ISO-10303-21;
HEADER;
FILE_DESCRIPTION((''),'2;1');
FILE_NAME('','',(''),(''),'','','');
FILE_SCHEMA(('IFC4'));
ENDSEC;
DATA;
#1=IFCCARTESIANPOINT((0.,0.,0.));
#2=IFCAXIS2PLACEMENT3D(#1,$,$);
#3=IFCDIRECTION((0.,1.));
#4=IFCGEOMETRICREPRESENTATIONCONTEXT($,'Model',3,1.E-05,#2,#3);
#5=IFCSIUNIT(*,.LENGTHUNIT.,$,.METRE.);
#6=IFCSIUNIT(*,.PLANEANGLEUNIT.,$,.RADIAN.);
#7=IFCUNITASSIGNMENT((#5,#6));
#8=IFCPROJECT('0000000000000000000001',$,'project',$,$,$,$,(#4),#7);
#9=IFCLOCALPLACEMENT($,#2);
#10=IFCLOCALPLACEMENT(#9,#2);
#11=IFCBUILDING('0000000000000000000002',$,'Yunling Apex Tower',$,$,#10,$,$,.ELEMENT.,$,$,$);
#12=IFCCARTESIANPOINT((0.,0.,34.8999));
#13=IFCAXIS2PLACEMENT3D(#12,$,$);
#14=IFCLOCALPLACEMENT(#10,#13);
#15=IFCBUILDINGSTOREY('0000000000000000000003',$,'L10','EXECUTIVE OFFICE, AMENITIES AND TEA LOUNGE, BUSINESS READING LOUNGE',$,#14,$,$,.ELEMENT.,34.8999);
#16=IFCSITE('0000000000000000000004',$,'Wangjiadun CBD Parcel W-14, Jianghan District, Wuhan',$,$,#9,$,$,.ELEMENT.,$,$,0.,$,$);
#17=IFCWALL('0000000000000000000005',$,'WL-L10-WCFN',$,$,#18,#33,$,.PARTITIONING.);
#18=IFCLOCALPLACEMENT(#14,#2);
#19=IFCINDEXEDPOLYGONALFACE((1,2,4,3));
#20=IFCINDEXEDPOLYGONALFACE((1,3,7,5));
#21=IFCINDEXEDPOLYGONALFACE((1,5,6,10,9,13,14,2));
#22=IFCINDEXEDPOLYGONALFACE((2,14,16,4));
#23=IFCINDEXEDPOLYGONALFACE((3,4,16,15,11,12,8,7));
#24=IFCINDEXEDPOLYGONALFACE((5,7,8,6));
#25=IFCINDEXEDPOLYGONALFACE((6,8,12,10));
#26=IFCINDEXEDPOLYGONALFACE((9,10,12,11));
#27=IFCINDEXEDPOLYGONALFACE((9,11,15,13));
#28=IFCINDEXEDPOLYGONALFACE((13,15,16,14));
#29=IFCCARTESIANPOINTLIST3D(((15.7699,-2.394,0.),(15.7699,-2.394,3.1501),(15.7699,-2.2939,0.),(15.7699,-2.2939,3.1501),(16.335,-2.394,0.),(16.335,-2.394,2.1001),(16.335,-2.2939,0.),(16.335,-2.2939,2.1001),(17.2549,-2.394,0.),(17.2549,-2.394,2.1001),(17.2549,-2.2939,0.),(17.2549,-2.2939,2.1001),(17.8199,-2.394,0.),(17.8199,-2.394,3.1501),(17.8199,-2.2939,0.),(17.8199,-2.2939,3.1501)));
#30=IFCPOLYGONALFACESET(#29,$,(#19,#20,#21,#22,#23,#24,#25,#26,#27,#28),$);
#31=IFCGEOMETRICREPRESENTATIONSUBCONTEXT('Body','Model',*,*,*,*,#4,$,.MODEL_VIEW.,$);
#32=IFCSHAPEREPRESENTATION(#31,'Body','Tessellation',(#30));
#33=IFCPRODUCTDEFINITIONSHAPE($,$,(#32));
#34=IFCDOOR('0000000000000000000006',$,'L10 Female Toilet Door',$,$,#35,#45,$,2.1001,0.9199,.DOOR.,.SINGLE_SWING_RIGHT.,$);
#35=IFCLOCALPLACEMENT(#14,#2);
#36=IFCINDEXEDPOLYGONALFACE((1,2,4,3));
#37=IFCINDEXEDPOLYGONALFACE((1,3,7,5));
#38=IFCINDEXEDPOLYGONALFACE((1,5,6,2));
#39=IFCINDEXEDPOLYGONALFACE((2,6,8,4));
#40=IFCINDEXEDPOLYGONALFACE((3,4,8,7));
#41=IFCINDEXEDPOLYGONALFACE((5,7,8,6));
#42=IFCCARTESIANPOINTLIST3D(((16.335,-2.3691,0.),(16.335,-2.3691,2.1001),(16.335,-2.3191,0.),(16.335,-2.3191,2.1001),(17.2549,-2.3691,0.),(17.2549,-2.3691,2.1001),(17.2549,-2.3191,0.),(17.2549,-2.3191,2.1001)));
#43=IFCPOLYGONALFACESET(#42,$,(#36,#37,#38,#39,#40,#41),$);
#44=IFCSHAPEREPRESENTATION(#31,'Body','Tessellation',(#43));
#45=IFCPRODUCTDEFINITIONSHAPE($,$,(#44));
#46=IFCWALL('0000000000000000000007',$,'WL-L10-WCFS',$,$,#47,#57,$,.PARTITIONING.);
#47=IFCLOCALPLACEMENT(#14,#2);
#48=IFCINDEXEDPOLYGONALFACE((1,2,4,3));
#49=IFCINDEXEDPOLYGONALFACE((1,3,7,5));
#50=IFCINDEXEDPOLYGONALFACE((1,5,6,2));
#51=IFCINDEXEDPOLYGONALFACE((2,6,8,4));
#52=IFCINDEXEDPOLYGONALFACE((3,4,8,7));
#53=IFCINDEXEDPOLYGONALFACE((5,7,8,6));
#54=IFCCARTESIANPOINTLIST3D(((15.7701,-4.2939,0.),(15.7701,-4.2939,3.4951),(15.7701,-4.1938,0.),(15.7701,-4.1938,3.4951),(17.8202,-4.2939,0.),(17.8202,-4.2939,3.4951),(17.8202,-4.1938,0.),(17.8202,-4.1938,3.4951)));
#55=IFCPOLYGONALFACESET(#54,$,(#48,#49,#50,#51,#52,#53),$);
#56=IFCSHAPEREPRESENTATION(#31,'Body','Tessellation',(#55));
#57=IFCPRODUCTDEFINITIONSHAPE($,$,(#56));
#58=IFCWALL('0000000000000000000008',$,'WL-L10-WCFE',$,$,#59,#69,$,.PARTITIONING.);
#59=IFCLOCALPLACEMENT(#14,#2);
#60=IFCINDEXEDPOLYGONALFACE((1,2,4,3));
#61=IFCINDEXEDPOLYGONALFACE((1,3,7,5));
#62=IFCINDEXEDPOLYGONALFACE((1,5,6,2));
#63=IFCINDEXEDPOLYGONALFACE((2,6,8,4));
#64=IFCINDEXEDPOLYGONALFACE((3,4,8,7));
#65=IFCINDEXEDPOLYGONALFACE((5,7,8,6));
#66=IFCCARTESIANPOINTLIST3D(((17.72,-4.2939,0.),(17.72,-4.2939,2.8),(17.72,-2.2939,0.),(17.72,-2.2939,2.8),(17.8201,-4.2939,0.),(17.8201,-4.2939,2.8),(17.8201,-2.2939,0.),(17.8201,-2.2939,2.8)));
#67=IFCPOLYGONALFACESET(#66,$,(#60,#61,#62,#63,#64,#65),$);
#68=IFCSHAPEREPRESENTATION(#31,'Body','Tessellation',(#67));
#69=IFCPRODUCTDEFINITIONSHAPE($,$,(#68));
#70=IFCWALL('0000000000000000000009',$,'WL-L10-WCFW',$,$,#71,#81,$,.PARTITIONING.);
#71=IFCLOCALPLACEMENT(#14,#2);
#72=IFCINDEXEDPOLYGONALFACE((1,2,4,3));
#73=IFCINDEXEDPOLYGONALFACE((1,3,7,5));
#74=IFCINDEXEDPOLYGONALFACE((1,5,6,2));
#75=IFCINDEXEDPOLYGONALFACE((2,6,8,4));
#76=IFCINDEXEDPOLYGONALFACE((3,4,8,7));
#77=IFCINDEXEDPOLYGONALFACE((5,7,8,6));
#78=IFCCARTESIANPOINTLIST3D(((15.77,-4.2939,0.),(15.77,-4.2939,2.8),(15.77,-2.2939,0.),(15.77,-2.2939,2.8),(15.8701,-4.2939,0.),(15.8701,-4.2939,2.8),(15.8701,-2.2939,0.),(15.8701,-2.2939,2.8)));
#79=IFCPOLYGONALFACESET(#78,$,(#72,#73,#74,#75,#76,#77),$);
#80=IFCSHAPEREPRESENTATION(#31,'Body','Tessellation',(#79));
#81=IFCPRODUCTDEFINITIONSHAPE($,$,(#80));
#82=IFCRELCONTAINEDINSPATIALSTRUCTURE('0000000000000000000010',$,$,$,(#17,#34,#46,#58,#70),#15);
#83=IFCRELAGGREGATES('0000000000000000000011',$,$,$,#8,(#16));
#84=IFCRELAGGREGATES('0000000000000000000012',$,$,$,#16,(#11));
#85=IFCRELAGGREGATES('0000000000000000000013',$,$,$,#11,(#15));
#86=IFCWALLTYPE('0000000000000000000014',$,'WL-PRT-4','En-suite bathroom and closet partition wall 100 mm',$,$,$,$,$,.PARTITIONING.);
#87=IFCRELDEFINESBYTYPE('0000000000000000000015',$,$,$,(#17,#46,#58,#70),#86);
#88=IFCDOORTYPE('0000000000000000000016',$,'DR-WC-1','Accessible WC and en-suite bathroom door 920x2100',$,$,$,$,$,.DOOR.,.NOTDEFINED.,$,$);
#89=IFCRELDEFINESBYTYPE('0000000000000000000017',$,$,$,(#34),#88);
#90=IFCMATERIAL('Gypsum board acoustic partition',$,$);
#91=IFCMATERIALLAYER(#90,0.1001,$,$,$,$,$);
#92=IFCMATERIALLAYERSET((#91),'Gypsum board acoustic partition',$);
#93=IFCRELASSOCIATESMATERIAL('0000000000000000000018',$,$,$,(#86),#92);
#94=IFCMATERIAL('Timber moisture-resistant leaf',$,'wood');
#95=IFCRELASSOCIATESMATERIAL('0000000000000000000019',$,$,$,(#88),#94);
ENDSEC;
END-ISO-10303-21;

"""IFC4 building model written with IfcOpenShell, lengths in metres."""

from ifc_helpers import new_model, si_unit, direction, frame, frame_2d, origin, place, context, subcontext, project, spatial, rectangle, extrude, material, layer, layer_set, type_object, element, fill, save


model = new_model("IFC4")

# Units and contexts
model_context = context("Model", 3, precision=1e-05, world=origin(), true_north=direction((0.0, 1.0)))
body_context = subcontext(model_context, "Body", "Model", "MODEL_VIEW")
ifc_project = project(units=[si_unit("LENGTHUNIT", "METRE"), si_unit("PLANEANGLEUNIT", "RADIAN")], contexts=[model_context])

# Site, building, storey
site_placement = place(None, origin())
site = spatial("IfcSite", under=ifc_project, at=site_placement, Name="Wangjiadun CBD Parcel W-14, Jianghan District, Wuhan", CompositionType="ELEMENT", RefElevation=0.0)
building_placement = place(site_placement, origin())
building = spatial("IfcBuilding", under=site, at=building_placement, Name="Yunling Apex Tower", CompositionType="ELEMENT")
storey_placement = place(building_placement, frame((0.0, 0.0, 34.8999)))
storey = spatial("IfcBuildingStorey", under=building, at=storey_placement, Name="L10", Description="EXECUTIVE OFFICE, AMENITIES AND TEA LOUNGE, BUSINESS READING LOUNGE", CompositionType="ELEMENT", Elevation=34.8999)

# Wall, opening, door
ifc_material_1 = material(Name="Gypsum board acoustic partition")
ifc_layer_1 = layer(ifc_material_1, 0.1001)
ifc_layer_set_1 = layer_set([ifc_layer_1], Name="Gypsum board acoustic partition")
wall_type = type_object("IfcWallType", Name="WL-PRT-4", Description="En-suite bathroom and closet partition wall 100 mm", PredefinedType="PARTITIONING", material=ifc_layer_set_1)
wall_1_placement = place(storey_placement, frame((15.77, -2.344, 0.0), z_axis=(0.0, 0.0, 1.0), x_axis=(1.0, 0.0, 0.0)))
wall_1 = element("IfcWall", 1, at=wall_1_placement, inside=storey, type_object=wall_type, Name="WL-L10-WCFN", PredefinedType="PARTITIONING", context=body_context, shape_type="SweptSolid", body=[
    extrude(rectangle(XDim=2.05, YDim=0.1001, at=frame_2d((1.0249, 0.0))), origin(), (0.0, 0.0, 1.0), 3.1501),
])
opening_placement = place(wall_1_placement, frame((0.5649, 0.0, 0.0)))
opening = element("IfcOpeningElement", 2, at=opening_placement, cuts=wall_1, PredefinedType="OPENING", context=body_context, shape_type="SweptSolid", body=[
    extrude(rectangle(XDim=0.9199, YDim=2.1001, at=frame_2d((0.46, 1.05))), frame((0.0, 0.0601, 0.0), z_axis=(0.0, -1.0, 0.0), x_axis=(1.0, 0.0, 0.0)), (0.0, 0.0, 1.0), 0.1201),
])
ifc_material_2 = material(Name="Timber moisture-resistant leaf", Category="wood")
door_type = type_object("IfcDoorType", Name="DR-WC-1", Description="Accessible WC and en-suite bathroom door 920x2100", OperationType="NOTDEFINED", PredefinedType="DOOR", material=ifc_material_2)
door_placement = place(opening_placement, origin())
door = element("IfcDoor", 3, at=door_placement, inside=storey, type_object=door_type, Name="L10 Female Toilet Door", OperationType="SINGLE_SWING_RIGHT", OverallHeight=2.1001, OverallWidth=0.9199, PredefinedType="DOOR", context=body_context, shape_type="SweptSolid", body=[
    extrude(rectangle(XDim=0.9199, YDim=2.1001, at=frame_2d((0.46, 1.05))), frame((0.0, 0.0249, 0.0), z_axis=(0.0, -1.0, 0.0), x_axis=(1.0, 0.0, 0.0)), (0.0, 0.0, 1.0), 0.05),
])
fill(opening, door)

# Walls
wall_2_placement = place(storey_placement, frame((17.8201, -4.2439, 0.0), z_axis=(0.0, 0.0, 1.0), x_axis=(-1.0, 0.0, 0.0)))
element("IfcWall", 4, at=wall_2_placement, inside=storey, type_object=wall_type, Name="WL-L10-WCFS", PredefinedType="PARTITIONING", context=body_context, shape_type="SweptSolid", body=[
    extrude(rectangle(XDim=2.05, YDim=0.1001, at=frame_2d((1.0249, 0.0))), origin(), (0.0, 0.0, 1.0), 3.4951),
])
for number, where, z_axis, x_axis, name in (
    (5, (17.77, -2.2939, 0.0), (0.0, 0.0, 1.0), (0.0, -1.0, 0.0), "WL-L10-WCFE"),
    (6, (15.8201, -4.2939, 0.0), (0.0, 0.0, 1.0), (0.0, 1.0, 0.0), "WL-L10-WCFW"),
):
    element("IfcWall", number, at=place(storey_placement, frame(where, z_axis=z_axis, x_axis=x_axis)), inside=storey, type_object=wall_type, Name=name, PredefinedType="PARTITIONING", context=body_context, shape_type="SweptSolid", body=[
        extrude(rectangle(XDim=2.0, YDim=0.1001, at=frame_2d((1.0, 0.0))), origin(), (0.0, 0.0, 1.0), 2.8),
    ])

save(model, "model.ifc")
